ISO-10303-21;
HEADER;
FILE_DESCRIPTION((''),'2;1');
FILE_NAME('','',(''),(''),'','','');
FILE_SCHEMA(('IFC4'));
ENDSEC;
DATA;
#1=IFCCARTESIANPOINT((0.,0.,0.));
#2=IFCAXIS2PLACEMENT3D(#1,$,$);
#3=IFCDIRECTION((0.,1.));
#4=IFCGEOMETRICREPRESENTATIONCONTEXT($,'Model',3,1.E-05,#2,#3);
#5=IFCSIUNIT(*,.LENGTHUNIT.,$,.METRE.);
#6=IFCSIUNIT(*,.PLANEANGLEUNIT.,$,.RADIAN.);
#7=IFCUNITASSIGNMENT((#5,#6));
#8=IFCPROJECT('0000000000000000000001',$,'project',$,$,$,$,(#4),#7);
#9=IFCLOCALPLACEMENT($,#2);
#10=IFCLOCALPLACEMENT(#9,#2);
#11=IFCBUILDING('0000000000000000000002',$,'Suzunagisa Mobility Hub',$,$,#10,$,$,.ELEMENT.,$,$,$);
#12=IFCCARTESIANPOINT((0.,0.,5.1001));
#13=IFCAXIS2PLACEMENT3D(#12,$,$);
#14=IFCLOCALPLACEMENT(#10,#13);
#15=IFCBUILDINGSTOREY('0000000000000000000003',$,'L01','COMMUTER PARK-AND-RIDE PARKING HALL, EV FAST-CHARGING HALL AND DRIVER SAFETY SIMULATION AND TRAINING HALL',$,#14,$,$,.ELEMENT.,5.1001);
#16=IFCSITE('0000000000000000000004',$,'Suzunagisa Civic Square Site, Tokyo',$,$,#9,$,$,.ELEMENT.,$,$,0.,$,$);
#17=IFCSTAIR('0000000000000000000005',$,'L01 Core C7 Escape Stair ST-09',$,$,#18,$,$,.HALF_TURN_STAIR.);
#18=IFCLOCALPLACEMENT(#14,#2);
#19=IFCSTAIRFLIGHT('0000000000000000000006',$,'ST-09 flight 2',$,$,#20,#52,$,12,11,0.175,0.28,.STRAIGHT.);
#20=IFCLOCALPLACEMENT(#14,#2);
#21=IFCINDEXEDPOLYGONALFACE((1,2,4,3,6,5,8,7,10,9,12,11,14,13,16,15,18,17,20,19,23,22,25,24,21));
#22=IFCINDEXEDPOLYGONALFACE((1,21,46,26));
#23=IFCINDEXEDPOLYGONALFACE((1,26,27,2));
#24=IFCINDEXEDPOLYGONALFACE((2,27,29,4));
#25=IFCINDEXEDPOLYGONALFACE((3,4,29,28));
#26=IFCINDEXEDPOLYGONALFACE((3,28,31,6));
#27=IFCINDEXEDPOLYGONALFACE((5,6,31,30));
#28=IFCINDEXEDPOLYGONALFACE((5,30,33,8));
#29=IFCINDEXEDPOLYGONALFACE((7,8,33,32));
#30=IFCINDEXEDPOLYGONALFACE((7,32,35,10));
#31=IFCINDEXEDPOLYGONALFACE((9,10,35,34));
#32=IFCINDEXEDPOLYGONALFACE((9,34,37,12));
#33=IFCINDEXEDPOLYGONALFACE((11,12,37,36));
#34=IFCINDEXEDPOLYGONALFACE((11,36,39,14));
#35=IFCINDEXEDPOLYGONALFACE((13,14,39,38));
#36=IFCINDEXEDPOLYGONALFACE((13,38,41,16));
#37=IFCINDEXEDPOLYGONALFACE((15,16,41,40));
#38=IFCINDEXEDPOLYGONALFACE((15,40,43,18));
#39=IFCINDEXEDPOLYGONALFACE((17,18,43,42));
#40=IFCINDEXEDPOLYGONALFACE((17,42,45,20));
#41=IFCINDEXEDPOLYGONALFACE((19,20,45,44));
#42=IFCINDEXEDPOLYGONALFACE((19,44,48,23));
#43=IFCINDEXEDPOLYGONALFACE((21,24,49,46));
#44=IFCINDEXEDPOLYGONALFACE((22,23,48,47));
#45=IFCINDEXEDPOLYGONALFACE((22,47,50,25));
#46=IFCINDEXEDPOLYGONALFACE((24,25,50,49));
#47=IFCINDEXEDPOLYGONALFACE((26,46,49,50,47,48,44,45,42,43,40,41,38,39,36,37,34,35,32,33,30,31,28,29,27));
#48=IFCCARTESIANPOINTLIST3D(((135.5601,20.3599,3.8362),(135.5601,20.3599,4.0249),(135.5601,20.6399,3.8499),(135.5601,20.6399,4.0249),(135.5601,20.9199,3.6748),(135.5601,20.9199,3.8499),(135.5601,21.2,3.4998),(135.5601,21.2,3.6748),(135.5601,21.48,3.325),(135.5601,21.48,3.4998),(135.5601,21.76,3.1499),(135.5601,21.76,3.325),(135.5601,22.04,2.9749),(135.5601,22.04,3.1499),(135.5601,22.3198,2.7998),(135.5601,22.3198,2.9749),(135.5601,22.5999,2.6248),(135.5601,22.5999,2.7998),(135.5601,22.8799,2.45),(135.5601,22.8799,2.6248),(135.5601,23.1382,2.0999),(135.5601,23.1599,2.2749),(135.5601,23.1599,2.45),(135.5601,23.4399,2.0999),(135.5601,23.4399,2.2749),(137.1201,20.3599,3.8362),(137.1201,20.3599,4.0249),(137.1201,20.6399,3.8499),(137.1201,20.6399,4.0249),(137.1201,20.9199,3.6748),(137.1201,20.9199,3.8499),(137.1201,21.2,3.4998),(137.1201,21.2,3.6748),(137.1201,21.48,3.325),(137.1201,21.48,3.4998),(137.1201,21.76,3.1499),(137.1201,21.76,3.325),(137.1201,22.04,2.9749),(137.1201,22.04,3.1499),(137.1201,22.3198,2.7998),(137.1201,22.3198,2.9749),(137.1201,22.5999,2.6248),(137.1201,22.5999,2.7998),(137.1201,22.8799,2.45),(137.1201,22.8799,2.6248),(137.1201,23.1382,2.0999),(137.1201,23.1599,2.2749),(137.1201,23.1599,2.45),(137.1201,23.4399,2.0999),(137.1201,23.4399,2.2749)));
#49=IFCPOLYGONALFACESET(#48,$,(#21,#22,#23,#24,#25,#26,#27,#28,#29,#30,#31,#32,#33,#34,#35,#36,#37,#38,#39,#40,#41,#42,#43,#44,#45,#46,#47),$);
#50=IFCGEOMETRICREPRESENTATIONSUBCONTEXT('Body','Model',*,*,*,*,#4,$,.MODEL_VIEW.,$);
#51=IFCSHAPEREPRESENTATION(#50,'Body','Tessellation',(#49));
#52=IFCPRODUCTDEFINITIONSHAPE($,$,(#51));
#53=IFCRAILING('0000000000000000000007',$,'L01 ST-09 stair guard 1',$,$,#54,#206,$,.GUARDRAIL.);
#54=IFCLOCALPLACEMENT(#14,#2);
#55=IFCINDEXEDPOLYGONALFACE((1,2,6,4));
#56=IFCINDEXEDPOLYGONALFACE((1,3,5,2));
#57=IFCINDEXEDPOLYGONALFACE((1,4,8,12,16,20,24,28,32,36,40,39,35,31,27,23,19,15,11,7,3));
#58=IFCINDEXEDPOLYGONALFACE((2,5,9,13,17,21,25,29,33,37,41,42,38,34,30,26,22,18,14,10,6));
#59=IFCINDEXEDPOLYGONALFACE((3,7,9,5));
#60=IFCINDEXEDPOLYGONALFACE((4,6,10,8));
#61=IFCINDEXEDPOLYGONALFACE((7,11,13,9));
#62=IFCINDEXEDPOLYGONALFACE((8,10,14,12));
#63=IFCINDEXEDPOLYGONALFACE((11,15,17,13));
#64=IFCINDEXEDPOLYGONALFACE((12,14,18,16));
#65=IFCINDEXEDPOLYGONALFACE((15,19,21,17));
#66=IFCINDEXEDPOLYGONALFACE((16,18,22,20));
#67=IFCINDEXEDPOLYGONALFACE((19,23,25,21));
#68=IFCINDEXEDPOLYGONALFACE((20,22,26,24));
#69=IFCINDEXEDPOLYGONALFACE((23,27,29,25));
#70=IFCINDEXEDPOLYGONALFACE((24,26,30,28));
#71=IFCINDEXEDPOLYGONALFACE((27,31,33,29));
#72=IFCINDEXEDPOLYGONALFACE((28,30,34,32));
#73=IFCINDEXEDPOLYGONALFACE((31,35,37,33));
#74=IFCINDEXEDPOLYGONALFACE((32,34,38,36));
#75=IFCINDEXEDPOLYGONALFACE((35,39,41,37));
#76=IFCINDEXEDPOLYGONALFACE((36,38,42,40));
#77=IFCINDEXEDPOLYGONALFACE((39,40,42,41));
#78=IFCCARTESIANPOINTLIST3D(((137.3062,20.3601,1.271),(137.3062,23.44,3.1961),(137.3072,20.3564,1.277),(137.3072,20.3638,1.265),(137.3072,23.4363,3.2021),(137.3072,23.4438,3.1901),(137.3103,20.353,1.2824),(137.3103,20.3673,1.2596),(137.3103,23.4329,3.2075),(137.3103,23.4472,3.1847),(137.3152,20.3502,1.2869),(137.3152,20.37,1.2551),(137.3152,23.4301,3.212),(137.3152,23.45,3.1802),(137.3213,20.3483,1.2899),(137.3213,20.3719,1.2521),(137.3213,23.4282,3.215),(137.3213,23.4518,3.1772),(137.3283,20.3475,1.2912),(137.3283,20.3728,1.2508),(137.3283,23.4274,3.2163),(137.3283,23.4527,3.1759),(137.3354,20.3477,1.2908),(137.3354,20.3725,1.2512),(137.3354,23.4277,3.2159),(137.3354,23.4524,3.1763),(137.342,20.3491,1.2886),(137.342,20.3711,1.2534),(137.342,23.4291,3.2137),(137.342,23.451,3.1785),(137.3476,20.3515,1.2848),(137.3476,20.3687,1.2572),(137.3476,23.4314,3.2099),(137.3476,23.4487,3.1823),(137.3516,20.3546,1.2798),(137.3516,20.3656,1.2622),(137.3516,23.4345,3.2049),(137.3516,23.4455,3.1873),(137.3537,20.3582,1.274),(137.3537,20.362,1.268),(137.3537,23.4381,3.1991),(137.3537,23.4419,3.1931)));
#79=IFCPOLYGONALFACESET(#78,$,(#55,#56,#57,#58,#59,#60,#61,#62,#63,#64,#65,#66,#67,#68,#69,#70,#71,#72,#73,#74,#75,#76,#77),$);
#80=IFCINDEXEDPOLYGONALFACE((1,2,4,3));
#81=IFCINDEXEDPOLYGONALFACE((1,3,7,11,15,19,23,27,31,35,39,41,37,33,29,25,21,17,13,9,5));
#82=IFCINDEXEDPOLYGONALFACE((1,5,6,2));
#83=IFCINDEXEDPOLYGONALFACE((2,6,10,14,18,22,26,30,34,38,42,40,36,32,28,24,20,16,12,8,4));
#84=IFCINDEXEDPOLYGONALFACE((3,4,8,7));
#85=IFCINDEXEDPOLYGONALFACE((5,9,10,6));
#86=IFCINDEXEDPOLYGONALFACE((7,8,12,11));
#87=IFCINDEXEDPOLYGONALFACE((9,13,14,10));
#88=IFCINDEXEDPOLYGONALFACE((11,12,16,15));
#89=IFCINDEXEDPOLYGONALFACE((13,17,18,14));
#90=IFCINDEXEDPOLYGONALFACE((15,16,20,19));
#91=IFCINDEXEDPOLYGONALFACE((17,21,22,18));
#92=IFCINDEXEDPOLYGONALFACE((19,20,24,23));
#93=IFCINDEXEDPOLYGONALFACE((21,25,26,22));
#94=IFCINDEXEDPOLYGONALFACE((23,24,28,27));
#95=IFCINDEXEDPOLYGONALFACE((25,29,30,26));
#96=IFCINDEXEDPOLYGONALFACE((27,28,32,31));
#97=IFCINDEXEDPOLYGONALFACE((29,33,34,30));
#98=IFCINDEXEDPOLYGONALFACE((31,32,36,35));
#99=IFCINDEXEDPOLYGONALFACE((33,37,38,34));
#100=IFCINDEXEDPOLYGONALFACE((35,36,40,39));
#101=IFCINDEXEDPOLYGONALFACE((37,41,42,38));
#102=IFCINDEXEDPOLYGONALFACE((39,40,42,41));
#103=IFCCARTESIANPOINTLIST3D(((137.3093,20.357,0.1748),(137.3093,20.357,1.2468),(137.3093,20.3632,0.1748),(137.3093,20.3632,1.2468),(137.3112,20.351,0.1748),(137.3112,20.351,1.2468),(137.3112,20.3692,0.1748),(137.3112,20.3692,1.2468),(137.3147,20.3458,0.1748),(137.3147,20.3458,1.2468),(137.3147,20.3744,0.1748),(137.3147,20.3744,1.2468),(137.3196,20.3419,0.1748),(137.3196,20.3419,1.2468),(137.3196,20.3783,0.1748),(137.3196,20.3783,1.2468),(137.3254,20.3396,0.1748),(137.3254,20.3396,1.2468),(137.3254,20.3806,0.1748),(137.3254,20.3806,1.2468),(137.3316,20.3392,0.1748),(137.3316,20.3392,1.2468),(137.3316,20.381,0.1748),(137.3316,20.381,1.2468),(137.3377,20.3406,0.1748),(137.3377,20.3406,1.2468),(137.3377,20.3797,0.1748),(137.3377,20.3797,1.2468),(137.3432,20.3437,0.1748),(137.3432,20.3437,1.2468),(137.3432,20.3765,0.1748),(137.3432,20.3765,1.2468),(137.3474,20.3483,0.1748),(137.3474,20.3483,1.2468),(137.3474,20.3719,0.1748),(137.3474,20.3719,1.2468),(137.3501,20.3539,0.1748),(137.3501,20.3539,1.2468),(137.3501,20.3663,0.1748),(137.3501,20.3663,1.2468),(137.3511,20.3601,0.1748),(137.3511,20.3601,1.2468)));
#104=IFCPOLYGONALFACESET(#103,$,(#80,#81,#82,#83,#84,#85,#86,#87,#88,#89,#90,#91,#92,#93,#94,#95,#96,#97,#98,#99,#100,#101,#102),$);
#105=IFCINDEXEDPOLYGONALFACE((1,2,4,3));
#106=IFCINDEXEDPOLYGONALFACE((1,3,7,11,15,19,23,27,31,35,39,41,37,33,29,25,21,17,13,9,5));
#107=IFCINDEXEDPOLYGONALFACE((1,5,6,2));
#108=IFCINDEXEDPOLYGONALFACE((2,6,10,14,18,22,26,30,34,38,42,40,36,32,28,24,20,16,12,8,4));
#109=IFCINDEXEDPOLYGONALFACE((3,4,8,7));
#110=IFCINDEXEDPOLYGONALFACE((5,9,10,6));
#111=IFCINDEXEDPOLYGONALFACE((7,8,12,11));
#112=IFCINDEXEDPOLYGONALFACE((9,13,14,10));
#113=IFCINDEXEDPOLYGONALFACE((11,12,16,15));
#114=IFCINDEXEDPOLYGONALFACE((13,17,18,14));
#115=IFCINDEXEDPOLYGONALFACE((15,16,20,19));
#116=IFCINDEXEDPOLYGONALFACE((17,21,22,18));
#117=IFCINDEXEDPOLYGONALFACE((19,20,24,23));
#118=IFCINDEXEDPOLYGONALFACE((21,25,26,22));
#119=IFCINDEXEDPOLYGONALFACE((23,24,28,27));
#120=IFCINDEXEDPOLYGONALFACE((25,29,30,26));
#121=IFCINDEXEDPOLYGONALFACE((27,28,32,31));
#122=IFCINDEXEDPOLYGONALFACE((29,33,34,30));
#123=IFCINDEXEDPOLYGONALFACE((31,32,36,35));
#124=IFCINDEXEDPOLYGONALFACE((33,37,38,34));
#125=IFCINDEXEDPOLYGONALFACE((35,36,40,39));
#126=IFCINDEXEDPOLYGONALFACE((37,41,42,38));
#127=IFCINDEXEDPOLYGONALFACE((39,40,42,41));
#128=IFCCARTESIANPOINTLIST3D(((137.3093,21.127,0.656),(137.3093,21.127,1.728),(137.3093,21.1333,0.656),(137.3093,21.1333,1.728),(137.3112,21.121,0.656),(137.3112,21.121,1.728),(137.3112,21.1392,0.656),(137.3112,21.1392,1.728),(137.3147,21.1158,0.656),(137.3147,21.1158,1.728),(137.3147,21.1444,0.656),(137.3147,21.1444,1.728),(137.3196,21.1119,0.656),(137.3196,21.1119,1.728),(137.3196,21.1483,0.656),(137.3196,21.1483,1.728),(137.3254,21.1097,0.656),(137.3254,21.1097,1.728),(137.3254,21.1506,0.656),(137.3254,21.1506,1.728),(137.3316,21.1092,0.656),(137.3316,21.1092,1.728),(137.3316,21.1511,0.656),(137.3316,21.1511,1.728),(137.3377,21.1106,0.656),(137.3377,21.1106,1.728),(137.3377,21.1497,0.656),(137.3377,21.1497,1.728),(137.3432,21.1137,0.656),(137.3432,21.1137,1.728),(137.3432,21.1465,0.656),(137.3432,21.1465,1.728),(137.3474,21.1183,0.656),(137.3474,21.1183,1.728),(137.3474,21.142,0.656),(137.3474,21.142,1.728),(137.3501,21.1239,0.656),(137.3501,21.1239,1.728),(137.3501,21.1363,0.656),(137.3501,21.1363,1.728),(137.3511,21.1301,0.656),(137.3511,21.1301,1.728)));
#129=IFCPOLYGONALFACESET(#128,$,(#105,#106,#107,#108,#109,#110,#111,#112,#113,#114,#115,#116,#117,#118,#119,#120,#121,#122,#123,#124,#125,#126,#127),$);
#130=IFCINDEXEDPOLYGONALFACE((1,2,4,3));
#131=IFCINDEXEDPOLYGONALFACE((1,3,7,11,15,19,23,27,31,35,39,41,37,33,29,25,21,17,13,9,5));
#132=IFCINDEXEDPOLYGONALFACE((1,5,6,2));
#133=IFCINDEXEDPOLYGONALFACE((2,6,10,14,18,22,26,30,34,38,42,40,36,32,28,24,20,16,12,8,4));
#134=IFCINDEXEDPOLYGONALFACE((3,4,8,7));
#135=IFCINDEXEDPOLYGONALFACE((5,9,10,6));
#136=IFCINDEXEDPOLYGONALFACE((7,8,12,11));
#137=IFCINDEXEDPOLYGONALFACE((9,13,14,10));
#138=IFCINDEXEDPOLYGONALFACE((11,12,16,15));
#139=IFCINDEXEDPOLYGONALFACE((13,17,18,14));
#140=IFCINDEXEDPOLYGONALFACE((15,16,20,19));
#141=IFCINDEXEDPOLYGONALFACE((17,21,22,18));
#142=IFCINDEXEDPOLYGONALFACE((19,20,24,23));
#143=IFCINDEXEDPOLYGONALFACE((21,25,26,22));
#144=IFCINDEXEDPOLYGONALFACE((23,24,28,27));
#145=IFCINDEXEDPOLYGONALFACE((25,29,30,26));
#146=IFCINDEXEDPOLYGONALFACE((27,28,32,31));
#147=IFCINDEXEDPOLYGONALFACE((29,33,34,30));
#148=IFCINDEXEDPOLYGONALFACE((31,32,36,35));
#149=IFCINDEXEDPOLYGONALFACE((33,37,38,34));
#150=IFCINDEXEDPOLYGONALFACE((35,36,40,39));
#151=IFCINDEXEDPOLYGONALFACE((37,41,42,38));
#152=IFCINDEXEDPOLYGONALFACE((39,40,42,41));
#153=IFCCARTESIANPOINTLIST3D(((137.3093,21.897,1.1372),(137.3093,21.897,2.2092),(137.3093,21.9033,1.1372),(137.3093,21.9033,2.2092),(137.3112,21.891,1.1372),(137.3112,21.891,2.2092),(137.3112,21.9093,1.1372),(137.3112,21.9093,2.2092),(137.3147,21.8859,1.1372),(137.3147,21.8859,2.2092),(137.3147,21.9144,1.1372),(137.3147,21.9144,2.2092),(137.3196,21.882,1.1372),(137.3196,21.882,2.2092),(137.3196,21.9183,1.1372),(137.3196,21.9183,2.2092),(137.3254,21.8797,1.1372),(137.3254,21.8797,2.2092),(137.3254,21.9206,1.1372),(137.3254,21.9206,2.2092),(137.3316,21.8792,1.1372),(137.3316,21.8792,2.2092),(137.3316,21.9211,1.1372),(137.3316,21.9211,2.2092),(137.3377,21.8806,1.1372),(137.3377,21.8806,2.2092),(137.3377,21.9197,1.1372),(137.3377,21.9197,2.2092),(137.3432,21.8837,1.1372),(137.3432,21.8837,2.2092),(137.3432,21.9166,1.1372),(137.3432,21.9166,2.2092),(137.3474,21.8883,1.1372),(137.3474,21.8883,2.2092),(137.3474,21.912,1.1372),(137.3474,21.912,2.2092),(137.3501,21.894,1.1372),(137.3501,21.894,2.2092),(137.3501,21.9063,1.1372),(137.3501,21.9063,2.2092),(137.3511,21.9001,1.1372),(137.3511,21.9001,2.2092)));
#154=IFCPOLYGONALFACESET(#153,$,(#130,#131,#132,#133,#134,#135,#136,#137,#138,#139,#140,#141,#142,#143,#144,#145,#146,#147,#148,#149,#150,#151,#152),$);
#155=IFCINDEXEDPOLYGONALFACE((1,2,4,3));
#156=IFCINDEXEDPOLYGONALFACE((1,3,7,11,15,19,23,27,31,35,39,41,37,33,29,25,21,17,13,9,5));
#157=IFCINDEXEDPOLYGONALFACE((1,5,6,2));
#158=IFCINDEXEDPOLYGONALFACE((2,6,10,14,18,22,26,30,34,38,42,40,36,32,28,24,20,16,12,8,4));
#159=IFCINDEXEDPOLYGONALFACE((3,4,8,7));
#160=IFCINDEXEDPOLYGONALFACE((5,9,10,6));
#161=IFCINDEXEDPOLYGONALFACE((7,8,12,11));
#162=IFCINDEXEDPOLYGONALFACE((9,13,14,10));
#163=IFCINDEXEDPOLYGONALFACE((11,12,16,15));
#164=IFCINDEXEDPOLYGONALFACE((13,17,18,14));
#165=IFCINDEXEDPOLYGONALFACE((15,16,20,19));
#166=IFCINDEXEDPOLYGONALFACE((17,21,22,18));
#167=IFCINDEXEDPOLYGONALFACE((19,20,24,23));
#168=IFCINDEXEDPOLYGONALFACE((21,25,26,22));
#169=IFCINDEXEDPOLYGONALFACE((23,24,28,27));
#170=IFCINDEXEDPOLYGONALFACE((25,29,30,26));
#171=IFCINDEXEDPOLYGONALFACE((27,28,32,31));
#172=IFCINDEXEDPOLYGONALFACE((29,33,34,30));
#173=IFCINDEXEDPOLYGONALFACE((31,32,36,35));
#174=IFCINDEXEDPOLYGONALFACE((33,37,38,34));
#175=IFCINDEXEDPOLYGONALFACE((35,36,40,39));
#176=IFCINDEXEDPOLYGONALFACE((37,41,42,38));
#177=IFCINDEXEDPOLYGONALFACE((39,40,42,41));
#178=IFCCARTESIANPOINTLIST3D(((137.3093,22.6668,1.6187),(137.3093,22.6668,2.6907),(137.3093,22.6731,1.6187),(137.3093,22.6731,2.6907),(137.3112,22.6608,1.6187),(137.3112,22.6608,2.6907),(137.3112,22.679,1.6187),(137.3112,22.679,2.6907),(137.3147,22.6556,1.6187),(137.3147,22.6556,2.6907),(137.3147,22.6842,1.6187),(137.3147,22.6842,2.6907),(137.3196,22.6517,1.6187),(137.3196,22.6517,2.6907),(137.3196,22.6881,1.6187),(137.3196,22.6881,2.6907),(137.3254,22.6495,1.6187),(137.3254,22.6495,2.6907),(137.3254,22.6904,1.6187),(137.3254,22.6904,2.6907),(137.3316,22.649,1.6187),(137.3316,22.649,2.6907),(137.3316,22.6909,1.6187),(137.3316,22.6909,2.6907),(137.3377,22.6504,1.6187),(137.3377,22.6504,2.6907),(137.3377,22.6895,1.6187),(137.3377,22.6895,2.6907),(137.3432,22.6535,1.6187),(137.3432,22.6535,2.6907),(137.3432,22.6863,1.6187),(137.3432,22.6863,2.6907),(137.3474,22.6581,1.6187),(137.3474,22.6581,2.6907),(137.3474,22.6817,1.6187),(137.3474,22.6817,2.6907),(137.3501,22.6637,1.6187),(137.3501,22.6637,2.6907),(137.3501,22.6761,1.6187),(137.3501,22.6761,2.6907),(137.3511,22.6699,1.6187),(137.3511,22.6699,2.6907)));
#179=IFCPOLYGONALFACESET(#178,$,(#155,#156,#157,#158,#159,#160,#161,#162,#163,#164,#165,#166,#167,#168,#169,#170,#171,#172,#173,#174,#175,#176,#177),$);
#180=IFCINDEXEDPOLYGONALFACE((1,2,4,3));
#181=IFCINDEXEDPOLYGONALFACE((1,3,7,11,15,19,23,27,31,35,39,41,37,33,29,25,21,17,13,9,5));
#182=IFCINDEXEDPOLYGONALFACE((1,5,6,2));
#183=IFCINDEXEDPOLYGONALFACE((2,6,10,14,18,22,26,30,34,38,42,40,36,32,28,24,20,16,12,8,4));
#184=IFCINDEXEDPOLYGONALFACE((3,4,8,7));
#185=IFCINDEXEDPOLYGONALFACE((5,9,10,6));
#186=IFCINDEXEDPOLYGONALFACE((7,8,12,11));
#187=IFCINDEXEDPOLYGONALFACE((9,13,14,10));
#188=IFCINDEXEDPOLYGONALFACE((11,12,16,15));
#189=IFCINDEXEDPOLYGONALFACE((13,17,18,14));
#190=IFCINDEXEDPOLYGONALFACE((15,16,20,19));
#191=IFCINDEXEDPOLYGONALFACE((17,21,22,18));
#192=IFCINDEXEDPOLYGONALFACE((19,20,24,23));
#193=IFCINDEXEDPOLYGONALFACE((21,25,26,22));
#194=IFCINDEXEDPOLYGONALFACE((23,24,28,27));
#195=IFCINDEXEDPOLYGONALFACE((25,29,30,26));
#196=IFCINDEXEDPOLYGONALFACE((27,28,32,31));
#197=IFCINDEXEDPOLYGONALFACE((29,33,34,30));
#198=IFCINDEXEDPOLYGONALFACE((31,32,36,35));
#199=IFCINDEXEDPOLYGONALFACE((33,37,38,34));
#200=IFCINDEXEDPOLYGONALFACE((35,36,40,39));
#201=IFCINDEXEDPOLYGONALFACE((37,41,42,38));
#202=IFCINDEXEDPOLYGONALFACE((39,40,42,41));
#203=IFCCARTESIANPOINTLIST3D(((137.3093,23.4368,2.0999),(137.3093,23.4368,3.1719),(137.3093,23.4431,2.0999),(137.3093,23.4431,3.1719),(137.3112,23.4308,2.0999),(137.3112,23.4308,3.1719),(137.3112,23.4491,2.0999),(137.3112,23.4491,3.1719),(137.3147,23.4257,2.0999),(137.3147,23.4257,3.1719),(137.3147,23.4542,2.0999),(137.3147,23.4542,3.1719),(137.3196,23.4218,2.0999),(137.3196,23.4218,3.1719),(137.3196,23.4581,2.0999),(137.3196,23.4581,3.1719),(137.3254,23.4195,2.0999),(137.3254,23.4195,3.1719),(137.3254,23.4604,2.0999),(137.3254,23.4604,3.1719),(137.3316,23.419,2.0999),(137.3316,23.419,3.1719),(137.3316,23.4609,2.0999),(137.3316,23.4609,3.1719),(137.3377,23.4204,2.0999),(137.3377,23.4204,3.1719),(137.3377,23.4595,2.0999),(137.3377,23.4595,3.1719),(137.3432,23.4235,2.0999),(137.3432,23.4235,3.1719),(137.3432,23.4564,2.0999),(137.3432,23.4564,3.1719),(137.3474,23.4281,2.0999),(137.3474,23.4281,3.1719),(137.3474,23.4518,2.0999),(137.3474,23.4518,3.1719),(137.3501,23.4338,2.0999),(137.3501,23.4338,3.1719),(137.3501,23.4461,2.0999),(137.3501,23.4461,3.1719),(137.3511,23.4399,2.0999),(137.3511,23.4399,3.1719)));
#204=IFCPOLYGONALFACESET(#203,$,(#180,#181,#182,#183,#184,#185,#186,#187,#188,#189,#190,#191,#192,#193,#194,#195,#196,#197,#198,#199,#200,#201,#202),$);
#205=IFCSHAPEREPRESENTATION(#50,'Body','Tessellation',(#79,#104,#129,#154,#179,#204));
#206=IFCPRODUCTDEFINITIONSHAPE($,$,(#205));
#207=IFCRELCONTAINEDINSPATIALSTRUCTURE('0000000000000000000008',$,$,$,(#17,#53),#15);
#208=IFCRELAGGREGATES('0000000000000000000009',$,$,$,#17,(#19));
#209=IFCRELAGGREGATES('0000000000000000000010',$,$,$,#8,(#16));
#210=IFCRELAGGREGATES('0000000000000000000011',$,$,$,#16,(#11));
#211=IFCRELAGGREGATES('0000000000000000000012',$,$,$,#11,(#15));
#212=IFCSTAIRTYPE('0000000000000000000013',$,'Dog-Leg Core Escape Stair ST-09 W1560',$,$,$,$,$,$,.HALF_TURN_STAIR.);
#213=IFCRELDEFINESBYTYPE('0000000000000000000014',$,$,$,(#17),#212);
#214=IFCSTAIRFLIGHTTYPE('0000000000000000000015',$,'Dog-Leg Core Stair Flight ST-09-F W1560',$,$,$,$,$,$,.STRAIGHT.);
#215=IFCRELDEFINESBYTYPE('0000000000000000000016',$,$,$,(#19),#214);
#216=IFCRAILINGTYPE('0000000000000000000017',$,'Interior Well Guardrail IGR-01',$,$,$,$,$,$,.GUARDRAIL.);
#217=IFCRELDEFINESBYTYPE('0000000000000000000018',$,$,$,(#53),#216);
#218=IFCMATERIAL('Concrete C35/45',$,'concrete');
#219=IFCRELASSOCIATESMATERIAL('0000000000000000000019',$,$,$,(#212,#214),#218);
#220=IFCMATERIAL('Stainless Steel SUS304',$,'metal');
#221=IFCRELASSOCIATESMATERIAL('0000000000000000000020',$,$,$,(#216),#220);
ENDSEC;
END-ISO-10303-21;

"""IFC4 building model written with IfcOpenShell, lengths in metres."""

from ifc_helpers import new_model, si_unit, direction, frame, origin, origin_2d, place, context, subcontext, project, spatial, polyline, circle, outline, extrude, material, type_object, element, aggregate, save


model = new_model("IFC4")

# Units and contexts
model_context = context("Model", 3, precision=1e-05, world=origin(), true_north=direction((0.0, 1.0)))
body_context = subcontext(model_context, "Body", "Model", "MODEL_VIEW")
ifc_project = project(units=[si_unit("LENGTHUNIT", "METRE"), si_unit("PLANEANGLEUNIT", "RADIAN")], contexts=[model_context])

# Site, building, storey
site_placement = place(None, origin())
site = spatial("IfcSite", under=ifc_project, at=site_placement, Name="Suzunagisa Civic Square Site, Tokyo", CompositionType="ELEMENT", RefElevation=0.0)
building_placement = place(site_placement, origin())
building = spatial("IfcBuilding", under=site, at=building_placement, Name="Suzunagisa Mobility Hub", CompositionType="ELEMENT")
storey_placement = place(building_placement, frame((0.0, 0.0, 5.1001)))
storey = spatial("IfcBuildingStorey", under=building, at=storey_placement, Name="L01", Description="COMMUTER PARK-AND-RIDE PARKING HALL, EV FAST-CHARGING HALL AND DRIVER SAFETY SIMULATION AND TRAINING HALL", CompositionType="ELEMENT", Elevation=5.1001)

# Shared definitions
ifc_material_1 = material(Name="Concrete C35/45", Category="concrete")

# Stair, stair flight
stair_type = type_object("IfcStairType", Name="Dog-Leg Core Escape Stair ST-09 W1560", PredefinedType="HALF_TURN_STAIR", material=ifc_material_1)
stair_placement = place(storey_placement, origin())
stair = element("IfcStair", 1, at=stair_placement, inside=storey, type_object=stair_type, Name="L01 Core C7 Escape Stair ST-09", PredefinedType="HALF_TURN_STAIR")
stair_flight_type = type_object("IfcStairFlightType", Name="Dog-Leg Core Stair Flight ST-09-F W1560", PredefinedType="STRAIGHT", material=ifc_material_1)
stair_flight_1_placement = place(storey_placement, frame((136.3401, 23.4399, 2.0999), z_axis=(0.0, 0.0, 1.0), x_axis=(0.0, -1.0, 0.0)))
stair_flight_1 = element("IfcStairFlight", 2, at=stair_flight_1_placement, type_object=stair_flight_type, Name="ST-09 flight 2", NumberOfRisers=12, NumberOfTreads=11, PredefinedType="STRAIGHT", RiserHeight=0.175, TreadLength=0.28, context=body_context, shape_type="SweptSolid", body=[
    extrude(outline(polyline([(0.0, 0.0), (0.0, 0.175), (0.28, 0.175), (0.28, 0.3501), (0.5601, 0.3501), (0.5601, 0.5249), (0.8401, 0.5249), (0.8401, 0.7), (1.1201, 0.7), (1.1201, 0.875), (1.3999, 0.875), (1.3999, 1.05), (1.6799, 1.05), (1.6799, 1.2251), (1.96, 1.2251), (1.96, 1.3999), (2.24, 1.3999), (2.24, 1.575), (2.52, 1.575), (2.52, 1.75), (2.8, 1.75), (2.8, 1.925), (3.0801, 1.925), (3.0801, 2.1001), (3.0801, 1.7363), (0.3018, 0.0), (0.0, 0.0)])), frame((0.0, 0.78, 0.0), z_axis=(0.0, -1.0, 0.0), x_axis=(1.0, 0.0, 0.0)), (0.0, 0.0, 1.0), 1.5601),
])
aggregate(stair, [stair_flight_1])

# Railing
ifc_material_2 = material(Name="Stainless Steel SUS304", Category="metal")
railing_type_1 = type_object("IfcRailingType", Name="Interior Well Guardrail IGR-01", PredefinedType="GUARDRAIL", material=ifc_material_2)
railing_1_placement = place(storey_placement, frame((137.3301, 20.3601, 0.1748)))
element("IfcRailing", 3, at=railing_1_placement, inside=storey, type_object=railing_type_1, Name="L01 ST-09 stair guard 1", PredefinedType="GUARDRAIL", context=body_context, shape_type="SweptSolid", body=[
    extrude(circle(Radius=0.0239, at=origin_2d()), frame((0.0, 0.0, 1.0962), z_axis=(0.0, 0.847979, 0.530029), x_axis=(-1.0, 0.0, 0.0)), (0.0, 0.0, 1.0), 3.6321),
    extrude(circle(Radius=0.021, at=origin_2d()), origin(), (0.0, 0.0, 1.0), 1.072),
    extrude(circle(Radius=0.021, at=origin_2d()), frame((0.0, 0.77, 0.4812)), (0.0, 0.0, 1.0), 1.072),
    extrude(circle(Radius=0.021, at=origin_2d()), frame((0.0, 1.54, 0.9624)), (0.0, 0.0, 1.0), 1.072),
    extrude(circle(Radius=0.021, at=origin_2d()), frame((0.0, 2.3098, 1.4438)), (0.0, 0.0, 1.0), 1.072),
    extrude(circle(Radius=0.021, at=origin_2d()), frame((0.0, 3.0798, 1.925)), (0.0, 0.0, 1.0), 1.072),
])

save(model, "model.ifc")
